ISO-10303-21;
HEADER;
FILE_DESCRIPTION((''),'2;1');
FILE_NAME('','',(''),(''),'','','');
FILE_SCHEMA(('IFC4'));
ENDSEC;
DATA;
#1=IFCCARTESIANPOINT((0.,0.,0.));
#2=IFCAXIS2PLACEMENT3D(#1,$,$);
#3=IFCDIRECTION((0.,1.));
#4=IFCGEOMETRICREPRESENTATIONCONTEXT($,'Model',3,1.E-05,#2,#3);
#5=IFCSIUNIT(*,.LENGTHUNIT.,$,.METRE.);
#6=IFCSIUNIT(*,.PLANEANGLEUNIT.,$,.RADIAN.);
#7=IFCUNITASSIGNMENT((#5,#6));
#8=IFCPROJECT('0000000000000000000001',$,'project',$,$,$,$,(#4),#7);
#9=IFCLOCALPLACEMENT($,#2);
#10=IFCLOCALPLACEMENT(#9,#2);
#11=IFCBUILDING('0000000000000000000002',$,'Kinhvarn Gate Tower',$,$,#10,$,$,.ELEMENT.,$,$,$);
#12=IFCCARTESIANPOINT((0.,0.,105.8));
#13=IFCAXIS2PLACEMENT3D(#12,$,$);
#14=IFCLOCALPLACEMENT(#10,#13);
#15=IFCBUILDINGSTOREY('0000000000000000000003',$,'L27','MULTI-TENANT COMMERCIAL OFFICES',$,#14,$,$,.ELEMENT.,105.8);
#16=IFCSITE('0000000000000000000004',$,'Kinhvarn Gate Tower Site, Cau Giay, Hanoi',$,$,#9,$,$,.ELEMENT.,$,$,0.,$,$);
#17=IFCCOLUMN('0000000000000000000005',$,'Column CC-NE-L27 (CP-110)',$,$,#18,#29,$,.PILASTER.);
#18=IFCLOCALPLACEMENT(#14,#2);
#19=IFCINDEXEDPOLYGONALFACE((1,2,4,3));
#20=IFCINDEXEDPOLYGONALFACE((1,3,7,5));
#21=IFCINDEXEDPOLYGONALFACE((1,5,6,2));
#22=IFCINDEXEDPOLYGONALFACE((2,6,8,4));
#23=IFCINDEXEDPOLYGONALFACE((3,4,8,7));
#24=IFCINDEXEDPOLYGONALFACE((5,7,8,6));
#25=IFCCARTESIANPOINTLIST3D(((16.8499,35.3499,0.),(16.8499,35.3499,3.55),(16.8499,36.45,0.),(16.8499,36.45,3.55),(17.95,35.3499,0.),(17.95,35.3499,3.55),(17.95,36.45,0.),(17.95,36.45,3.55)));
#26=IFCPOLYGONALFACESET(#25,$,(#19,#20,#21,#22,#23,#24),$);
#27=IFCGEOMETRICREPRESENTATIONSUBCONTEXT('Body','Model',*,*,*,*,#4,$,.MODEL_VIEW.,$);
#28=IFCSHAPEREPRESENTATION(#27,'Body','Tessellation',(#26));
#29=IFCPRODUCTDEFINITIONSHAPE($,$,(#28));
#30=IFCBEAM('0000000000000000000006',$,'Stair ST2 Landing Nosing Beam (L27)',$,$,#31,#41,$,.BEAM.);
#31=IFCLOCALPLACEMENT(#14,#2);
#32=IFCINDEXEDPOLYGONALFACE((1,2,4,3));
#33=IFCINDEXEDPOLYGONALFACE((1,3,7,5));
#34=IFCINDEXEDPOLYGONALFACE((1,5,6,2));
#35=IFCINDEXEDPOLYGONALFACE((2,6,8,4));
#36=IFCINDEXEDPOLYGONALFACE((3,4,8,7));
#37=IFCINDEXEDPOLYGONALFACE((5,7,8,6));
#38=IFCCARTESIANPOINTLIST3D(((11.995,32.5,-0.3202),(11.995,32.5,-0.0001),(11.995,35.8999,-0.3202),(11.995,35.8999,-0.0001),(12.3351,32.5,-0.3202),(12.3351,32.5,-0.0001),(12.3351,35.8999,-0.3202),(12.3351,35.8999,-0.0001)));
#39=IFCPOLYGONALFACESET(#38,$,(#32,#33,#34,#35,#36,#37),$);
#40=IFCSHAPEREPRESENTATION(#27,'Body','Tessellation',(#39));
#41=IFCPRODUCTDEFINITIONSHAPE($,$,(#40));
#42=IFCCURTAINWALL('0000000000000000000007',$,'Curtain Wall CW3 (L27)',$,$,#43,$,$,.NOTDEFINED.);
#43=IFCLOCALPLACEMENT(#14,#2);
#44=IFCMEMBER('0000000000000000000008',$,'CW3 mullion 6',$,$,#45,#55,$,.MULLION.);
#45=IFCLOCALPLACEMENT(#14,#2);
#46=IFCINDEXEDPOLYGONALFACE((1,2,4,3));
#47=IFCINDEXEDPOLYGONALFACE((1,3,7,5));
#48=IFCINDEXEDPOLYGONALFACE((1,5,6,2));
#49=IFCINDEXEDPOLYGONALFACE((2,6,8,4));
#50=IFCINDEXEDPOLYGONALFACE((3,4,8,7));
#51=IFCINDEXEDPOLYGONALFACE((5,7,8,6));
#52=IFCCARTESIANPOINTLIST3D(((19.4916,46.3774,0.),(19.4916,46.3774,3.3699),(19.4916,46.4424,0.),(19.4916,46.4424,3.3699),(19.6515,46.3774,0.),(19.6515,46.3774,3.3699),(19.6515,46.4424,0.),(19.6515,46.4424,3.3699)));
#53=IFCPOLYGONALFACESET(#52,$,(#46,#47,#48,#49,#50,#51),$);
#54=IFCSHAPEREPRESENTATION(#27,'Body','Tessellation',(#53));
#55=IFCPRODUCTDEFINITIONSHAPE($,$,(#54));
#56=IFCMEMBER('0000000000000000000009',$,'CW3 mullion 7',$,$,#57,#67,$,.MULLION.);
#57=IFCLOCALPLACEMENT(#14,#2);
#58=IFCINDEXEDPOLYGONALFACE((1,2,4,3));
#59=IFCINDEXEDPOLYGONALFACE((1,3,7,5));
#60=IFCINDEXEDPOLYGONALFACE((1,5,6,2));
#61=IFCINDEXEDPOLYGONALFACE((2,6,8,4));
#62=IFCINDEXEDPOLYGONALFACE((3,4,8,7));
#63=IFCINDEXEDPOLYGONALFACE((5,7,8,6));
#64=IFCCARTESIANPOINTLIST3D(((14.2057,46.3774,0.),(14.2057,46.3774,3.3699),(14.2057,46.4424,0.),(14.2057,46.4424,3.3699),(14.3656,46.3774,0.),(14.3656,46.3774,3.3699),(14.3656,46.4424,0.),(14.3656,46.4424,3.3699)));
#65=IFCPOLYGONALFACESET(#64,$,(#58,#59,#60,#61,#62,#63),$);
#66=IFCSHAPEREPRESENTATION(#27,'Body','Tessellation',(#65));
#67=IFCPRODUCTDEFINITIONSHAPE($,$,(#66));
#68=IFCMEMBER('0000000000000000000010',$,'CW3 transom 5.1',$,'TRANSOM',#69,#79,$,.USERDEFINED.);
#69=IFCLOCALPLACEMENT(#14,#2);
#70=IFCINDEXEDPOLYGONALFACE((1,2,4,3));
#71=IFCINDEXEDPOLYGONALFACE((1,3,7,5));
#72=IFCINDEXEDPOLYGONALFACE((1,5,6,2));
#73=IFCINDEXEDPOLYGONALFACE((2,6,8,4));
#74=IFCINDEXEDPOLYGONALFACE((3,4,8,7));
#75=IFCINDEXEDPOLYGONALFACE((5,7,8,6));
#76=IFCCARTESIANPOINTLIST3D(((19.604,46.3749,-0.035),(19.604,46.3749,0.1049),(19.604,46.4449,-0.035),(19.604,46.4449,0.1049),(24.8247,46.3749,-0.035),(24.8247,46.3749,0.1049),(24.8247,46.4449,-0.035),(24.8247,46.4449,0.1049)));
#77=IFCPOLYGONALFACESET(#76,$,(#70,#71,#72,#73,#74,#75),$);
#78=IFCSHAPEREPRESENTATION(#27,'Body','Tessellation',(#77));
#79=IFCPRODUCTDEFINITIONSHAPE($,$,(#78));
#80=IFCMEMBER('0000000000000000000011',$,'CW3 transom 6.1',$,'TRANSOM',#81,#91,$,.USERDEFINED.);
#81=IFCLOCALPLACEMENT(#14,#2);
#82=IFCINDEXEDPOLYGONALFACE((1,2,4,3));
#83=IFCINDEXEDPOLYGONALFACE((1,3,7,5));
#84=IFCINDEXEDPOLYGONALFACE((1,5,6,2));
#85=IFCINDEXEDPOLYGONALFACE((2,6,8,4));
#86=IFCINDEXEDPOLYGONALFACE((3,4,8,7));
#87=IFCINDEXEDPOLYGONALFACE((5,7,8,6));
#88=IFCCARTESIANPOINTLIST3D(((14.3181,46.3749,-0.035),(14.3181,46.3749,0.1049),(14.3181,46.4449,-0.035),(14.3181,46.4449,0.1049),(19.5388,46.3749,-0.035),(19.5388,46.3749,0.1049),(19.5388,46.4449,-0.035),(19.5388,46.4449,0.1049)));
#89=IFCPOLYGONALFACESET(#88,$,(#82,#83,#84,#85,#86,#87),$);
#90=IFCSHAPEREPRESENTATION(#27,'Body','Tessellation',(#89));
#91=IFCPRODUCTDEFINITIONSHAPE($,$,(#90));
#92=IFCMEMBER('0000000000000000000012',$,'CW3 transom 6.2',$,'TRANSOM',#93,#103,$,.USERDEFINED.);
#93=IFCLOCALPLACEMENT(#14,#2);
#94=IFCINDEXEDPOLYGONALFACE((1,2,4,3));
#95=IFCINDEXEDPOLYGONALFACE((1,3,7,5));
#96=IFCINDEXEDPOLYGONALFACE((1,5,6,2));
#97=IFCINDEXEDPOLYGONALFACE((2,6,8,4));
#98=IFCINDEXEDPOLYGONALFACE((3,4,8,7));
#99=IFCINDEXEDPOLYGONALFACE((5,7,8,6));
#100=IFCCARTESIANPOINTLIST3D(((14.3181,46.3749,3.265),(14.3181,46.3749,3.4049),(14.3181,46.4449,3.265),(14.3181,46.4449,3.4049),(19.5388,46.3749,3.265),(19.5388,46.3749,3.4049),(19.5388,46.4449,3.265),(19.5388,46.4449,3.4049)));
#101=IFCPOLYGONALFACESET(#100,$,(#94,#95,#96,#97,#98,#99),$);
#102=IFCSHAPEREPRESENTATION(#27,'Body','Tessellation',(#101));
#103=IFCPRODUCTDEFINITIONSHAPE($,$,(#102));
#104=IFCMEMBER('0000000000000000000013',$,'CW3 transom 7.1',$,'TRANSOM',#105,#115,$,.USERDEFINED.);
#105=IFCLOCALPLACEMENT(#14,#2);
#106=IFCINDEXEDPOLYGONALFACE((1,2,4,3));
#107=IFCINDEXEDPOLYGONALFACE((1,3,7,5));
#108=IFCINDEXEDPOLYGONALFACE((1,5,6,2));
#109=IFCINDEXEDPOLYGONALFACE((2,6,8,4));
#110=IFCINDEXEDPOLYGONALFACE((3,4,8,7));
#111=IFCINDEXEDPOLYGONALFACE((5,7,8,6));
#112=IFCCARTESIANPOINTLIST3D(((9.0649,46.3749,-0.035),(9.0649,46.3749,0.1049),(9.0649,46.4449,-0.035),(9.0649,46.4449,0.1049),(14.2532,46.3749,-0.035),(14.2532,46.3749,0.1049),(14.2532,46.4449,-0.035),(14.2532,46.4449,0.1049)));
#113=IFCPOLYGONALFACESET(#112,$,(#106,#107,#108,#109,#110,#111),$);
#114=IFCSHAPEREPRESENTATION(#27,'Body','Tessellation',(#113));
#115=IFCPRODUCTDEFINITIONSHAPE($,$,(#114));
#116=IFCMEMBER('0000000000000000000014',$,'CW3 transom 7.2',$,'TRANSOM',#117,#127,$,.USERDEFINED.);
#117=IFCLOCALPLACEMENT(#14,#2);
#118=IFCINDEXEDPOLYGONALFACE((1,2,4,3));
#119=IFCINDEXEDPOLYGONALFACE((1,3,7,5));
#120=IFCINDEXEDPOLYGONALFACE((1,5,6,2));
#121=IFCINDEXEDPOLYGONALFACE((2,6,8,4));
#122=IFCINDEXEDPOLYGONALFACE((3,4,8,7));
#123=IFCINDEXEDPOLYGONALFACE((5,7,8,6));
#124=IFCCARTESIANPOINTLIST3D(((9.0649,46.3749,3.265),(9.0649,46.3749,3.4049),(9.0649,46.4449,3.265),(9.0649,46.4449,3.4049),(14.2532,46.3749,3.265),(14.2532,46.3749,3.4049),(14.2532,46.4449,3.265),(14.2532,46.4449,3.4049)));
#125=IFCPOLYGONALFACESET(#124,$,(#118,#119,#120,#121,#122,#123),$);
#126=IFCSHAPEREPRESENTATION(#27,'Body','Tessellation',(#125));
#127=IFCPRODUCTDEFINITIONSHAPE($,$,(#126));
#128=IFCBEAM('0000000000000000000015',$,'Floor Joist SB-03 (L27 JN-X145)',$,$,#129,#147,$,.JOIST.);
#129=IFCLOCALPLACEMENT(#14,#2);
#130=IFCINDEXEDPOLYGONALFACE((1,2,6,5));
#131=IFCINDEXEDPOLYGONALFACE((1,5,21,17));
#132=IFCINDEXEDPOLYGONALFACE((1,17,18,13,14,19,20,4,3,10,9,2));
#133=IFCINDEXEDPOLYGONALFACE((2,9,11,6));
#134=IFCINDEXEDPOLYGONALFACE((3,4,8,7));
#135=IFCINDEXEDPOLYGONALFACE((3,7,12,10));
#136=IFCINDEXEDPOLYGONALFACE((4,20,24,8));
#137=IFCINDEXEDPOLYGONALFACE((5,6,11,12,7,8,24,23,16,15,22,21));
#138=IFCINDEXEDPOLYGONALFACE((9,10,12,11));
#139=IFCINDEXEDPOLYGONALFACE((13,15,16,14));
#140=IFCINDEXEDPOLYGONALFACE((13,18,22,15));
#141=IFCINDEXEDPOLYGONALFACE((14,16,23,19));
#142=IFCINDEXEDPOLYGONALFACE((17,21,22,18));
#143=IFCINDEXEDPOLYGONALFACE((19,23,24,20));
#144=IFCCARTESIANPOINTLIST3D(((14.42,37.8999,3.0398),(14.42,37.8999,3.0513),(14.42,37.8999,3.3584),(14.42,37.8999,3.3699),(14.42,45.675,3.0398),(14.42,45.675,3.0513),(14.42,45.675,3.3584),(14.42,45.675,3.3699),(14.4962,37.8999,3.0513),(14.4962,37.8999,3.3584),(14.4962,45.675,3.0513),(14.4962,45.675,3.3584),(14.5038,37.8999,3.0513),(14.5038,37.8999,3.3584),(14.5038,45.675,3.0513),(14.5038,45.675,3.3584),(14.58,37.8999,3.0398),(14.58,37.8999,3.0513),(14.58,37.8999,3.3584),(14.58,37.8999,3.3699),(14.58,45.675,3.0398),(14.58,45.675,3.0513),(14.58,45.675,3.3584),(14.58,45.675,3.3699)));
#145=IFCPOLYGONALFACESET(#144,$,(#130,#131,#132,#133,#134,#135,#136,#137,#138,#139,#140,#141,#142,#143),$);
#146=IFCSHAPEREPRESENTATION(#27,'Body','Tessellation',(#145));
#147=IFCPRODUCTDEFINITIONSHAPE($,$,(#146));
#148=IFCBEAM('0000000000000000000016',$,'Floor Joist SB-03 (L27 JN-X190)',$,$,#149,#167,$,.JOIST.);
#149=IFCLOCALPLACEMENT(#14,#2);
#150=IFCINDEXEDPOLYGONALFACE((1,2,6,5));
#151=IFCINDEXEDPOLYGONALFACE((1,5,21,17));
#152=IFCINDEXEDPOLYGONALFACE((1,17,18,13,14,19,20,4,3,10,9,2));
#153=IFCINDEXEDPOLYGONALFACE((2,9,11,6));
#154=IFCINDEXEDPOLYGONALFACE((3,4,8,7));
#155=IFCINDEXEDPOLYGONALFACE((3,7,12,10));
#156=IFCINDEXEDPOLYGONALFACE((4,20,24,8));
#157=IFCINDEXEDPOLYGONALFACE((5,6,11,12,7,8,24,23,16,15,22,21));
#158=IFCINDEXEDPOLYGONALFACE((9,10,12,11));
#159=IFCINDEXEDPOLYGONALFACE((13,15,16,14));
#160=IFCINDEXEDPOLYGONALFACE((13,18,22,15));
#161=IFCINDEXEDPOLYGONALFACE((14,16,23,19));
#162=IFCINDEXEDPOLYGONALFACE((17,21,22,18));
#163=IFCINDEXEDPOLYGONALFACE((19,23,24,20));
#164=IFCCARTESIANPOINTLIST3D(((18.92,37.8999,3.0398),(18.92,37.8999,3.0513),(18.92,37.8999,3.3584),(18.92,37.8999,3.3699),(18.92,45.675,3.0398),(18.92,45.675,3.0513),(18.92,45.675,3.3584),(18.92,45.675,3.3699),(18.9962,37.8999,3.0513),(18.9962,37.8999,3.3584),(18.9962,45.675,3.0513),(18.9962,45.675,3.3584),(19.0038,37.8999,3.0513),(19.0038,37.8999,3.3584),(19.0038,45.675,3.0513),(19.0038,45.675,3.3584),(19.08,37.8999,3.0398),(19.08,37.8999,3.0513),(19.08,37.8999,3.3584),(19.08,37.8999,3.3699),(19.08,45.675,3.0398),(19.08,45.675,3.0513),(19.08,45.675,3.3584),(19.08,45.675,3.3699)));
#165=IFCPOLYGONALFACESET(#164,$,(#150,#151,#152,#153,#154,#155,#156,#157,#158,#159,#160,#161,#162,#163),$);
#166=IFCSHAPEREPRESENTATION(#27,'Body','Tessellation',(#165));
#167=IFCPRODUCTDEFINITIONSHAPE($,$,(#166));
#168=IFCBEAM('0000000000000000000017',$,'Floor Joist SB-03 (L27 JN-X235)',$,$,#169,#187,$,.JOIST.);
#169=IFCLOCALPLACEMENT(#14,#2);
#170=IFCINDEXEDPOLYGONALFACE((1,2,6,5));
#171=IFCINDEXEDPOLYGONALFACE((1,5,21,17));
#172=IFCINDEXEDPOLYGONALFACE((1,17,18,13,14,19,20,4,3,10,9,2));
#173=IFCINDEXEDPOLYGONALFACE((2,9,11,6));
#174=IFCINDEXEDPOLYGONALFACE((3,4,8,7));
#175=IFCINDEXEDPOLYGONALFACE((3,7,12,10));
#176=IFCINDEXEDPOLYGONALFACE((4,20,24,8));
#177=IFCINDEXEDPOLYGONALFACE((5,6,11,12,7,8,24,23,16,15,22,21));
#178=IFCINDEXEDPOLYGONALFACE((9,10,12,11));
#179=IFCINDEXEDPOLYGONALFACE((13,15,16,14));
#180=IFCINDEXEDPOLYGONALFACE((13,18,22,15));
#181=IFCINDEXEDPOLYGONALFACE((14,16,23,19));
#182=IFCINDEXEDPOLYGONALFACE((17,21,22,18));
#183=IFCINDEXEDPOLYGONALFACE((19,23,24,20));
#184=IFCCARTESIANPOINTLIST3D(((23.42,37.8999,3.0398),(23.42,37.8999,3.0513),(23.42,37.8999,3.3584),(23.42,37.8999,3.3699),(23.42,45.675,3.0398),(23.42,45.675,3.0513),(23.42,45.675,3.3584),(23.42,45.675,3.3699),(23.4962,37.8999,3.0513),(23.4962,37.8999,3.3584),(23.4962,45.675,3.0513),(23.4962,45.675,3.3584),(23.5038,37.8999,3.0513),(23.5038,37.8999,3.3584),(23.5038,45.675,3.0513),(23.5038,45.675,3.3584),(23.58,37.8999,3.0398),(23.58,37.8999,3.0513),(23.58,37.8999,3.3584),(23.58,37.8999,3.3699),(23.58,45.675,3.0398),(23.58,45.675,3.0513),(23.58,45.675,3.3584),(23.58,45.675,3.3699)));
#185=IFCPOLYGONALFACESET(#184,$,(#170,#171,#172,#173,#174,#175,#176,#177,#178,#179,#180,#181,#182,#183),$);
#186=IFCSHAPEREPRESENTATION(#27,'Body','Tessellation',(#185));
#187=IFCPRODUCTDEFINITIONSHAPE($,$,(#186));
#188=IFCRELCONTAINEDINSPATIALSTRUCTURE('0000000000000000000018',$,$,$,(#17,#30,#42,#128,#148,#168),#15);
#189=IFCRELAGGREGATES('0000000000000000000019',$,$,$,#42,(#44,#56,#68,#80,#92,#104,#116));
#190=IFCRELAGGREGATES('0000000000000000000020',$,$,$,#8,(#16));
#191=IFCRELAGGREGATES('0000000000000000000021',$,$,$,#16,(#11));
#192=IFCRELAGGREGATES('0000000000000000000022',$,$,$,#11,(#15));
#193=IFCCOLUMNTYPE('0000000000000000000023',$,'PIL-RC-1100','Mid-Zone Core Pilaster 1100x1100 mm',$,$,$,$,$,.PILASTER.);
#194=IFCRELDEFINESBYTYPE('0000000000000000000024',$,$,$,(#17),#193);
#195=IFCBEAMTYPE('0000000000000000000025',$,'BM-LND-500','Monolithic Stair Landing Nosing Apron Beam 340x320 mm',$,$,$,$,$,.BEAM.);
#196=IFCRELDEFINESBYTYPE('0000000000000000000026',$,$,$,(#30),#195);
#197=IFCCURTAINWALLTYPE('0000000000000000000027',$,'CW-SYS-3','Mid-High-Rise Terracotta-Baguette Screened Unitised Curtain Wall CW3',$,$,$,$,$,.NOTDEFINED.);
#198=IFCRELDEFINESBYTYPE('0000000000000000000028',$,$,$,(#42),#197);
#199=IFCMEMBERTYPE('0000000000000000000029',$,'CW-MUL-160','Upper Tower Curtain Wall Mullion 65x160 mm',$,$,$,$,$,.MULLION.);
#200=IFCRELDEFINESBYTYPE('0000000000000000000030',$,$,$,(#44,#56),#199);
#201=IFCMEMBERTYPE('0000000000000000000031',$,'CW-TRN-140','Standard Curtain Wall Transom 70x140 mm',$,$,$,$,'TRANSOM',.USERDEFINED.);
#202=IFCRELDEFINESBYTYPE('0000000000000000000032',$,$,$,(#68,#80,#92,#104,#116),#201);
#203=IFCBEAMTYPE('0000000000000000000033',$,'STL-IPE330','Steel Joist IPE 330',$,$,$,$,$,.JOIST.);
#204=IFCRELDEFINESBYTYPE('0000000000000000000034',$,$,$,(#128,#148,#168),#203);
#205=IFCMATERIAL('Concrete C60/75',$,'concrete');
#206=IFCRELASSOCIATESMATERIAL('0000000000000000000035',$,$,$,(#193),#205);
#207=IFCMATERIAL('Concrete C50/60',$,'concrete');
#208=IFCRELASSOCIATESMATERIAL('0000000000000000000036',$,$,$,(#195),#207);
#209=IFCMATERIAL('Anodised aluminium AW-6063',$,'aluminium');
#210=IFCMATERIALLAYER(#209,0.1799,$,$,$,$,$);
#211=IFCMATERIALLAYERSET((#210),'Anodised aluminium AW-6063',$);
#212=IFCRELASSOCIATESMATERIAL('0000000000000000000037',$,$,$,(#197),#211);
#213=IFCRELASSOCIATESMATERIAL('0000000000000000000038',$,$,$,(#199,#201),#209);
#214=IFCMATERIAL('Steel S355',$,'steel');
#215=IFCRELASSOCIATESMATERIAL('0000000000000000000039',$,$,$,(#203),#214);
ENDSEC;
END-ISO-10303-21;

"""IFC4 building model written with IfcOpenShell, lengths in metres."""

from ifc_helpers import new_model, si_unit, direction, frame, origin, origin_2d, place, context, subcontext, project, spatial, rectangle, i_section, extrude, material, layer, layer_set, material_profile, profile_set, type_object, element, aggregate, save


model = new_model("IFC4")

# Units and contexts
model_context = context("Model", 3, precision=1e-05, world=origin(), true_north=direction((0.0, 1.0)))
body_context = subcontext(model_context, "Body", "Model", "MODEL_VIEW")
ifc_project = project(units=[si_unit("LENGTHUNIT", "METRE"), si_unit("PLANEANGLEUNIT", "RADIAN")], contexts=[model_context])

# Site, building, storey
site_placement = place(None, origin())
site = spatial("IfcSite", under=ifc_project, at=site_placement, Name="Kinhvarn Gate Tower Site, Cau Giay, Hanoi", CompositionType="ELEMENT", RefElevation=0.0)
building_placement = place(site_placement, origin())
building = spatial("IfcBuilding", under=site, at=building_placement, Name="Kinhvarn Gate Tower", CompositionType="ELEMENT")
storey_placement = place(building_placement, frame((0.0, 0.0, 105.8)))
storey = spatial("IfcBuildingStorey", under=building, at=storey_placement, Name="L27", Description="MULTI-TENANT COMMERCIAL OFFICES", CompositionType="ELEMENT", Elevation=105.8)

# Column
ifc_material_1 = material(Name="Concrete C60/75", Category="concrete")
ifc_material_profile_1 = material_profile(ifc_material_1, rectangle(XDim=1.1001, YDim=1.1001, at=origin_2d()), Name="RC 1100x1100")
ifc_profile_set_1 = profile_set([ifc_material_profile_1], Name="Concrete C60/75")
column_type = type_object("IfcColumnType", Name="PIL-RC-1100", Description="Mid-Zone Core Pilaster 1100x1100 mm", PredefinedType="PILASTER", material=ifc_profile_set_1)
column_placement = place(storey_placement, frame((17.3999, 35.8999, 0.0), z_axis=(0.0, 0.0, 1.0), x_axis=(1.0, 0.0, 0.0)))
element("IfcColumn", 1, at=column_placement, inside=storey, type_object=column_type, Name="Column CC-NE-L27 (CP-110)", PredefinedType="PILASTER", context=body_context, shape_type="SweptSolid", body=[
    extrude(rectangle(XDim=1.1001, YDim=1.1001, at=origin_2d()), origin(), (0.0, 0.0, 1.0), 3.55),
])

# Beam
ifc_material_2 = material(Name="Concrete C50/60", Category="concrete")
ifc_material_profile_2 = material_profile(ifc_material_2, rectangle(XDim=0.3401, YDim=0.3201, at=origin_2d()), Name="RC 340x320")
ifc_profile_set_2 = profile_set([ifc_material_profile_2], Name="Concrete C50/60")
beam_type_1 = type_object("IfcBeamType", Name="BM-LND-500", Description="Monolithic Stair Landing Nosing Apron Beam 340x320 mm", PredefinedType="BEAM", material=ifc_profile_set_2)
beam_placement = place(storey_placement, frame((12.165, 32.5, -0.1602), z_axis=(0.0, 1.0, 0.0), x_axis=(-1.0, 0.0, 0.0)))
element("IfcBeam", 2, at=beam_placement, inside=storey, type_object=beam_type_1, Name="Stair ST2 Landing Nosing Beam (L27)", PredefinedType="BEAM", context=body_context, shape_type="SweptSolid", body=[
    extrude(rectangle(XDim=0.3401, YDim=0.3201, at=origin_2d()), origin(), (0.0, 0.0, 1.0), 3.3999),
])

# Curtain wall, members
ifc_material_3 = material(Name="Anodised aluminium AW-6063", Category="aluminium")
ifc_layer_1 = layer(ifc_material_3, 0.1799)
ifc_layer_set_1 = layer_set([ifc_layer_1], Name="Anodised aluminium AW-6063")
curtain_wall_type = type_object("IfcCurtainWallType", Name="CW-SYS-3", Description="Mid-High-Rise Terracotta-Baguette Screened Unitised Curtain Wall CW3", PredefinedType="NOTDEFINED", material=ifc_layer_set_1)
curtain_wall_placement = place(storey_placement, origin())
curtain_wall = element("IfcCurtainWall", 3, at=curtain_wall_placement, inside=storey, type_object=curtain_wall_type, Name="Curtain Wall CW3 (L27)", PredefinedType="NOTDEFINED")
ifc_material_profile_3 = material_profile(ifc_material_3, rectangle(XDim=0.0649, YDim=0.1599, at=origin_2d()), Name="ALU 65x160")
ifc_profile_set_3 = profile_set([ifc_material_profile_3], Name="Anodised aluminium AW-6063")
member_type_1 = type_object("IfcMemberType", Name="CW-MUL-160", Description="Upper Tower Curtain Wall Mullion 65x160 mm", PredefinedType="MULLION", material=ifc_profile_set_3)
member_1_placement = place(storey_placement, frame((19.5715, 46.4099, 0.0), z_axis=(0.0, 0.0, 1.0), x_axis=(0.0, -1.0, 0.0)))
member_1 = element("IfcMember", 4, at=member_1_placement, type_object=member_type_1, Name="CW3 mullion 6", PredefinedType="MULLION", context=body_context, shape_type="SweptSolid", body=[
    extrude(rectangle(XDim=0.0649, YDim=0.1599, at=origin_2d()), origin(), (0.0, 0.0, 1.0), 3.3699),
])
member_2_placement = place(storey_placement, frame((14.2856, 46.4099, 0.0), z_axis=(0.0, 0.0, 1.0), x_axis=(0.0, -1.0, 0.0)))
member_2 = element("IfcMember", 5, at=member_2_placement, type_object=member_type_1, Name="CW3 mullion 7", PredefinedType="MULLION", context=body_context, shape_type="SweptSolid", body=[
    extrude(rectangle(XDim=0.0649, YDim=0.1599, at=origin_2d()), origin(), (0.0, 0.0, 1.0), 3.3699),
])
ifc_material_profile_4 = material_profile(ifc_material_3, rectangle(XDim=0.0701, YDim=0.1399, at=origin_2d()), Name="ALU 70x140")
ifc_profile_set_4 = profile_set([ifc_material_profile_4], Name="Anodised aluminium AW-6063")
member_type_2 = type_object("IfcMemberType", Name="CW-TRN-140", Description="Standard Curtain Wall Transom 70x140 mm", ElementType="TRANSOM", PredefinedType="USERDEFINED", material=ifc_profile_set_4)
member_3_placement = place(storey_placement, frame((24.8247, 46.4099, 0.0349), z_axis=(-1.0, 0.0, 0.0), x_axis=(0.0, -1.0, 0.0)))
member_3 = element("IfcMember", 6, at=member_3_placement, type_object=member_type_2, Name="CW3 transom 5.1", ObjectType="TRANSOM", PredefinedType="USERDEFINED", context=body_context, shape_type="SweptSolid", body=[
    extrude(rectangle(XDim=0.0701, YDim=0.1399, at=origin_2d()), origin(), (0.0, 0.0, 1.0), 5.2207),
])
member_4_placement = place(storey_placement, frame((19.5388, 46.4099, 0.0349), z_axis=(-1.0, 0.0, 0.0), x_axis=(0.0, -1.0, 0.0)))
member_4 = element("IfcMember", 7, at=member_4_placement, type_object=member_type_2, Name="CW3 transom 6.1", ObjectType="TRANSOM", PredefinedType="USERDEFINED", context=body_context, shape_type="SweptSolid", body=[
    extrude(rectangle(XDim=0.0701, YDim=0.1399, at=origin_2d()), origin(), (0.0, 0.0, 1.0), 5.2207),
])
member_5_placement = place(storey_placement, frame((19.5388, 46.4099, 3.335), z_axis=(-1.0, 0.0, 0.0), x_axis=(0.0, -1.0, 0.0)))
member_5 = element("IfcMember", 8, at=member_5_placement, type_object=member_type_2, Name="CW3 transom 6.2", ObjectType="TRANSOM", PredefinedType="USERDEFINED", context=body_context, shape_type="SweptSolid", body=[
    extrude(rectangle(XDim=0.0701, YDim=0.1399, at=origin_2d()), origin(), (0.0, 0.0, 1.0), 5.2207),
])
member_6_placement = place(storey_placement, frame((14.2532, 46.4099, 0.0349), z_axis=(-1.0, 0.0, 0.0), x_axis=(0.0, -1.0, 0.0)))
member_6 = element("IfcMember", 9, at=member_6_placement, type_object=member_type_2, Name="CW3 transom 7.1", ObjectType="TRANSOM", PredefinedType="USERDEFINED", context=body_context, shape_type="SweptSolid", body=[
    extrude(rectangle(XDim=0.0701, YDim=0.1399, at=origin_2d()), origin(), (0.0, 0.0, 1.0), 5.1882),
])
member_7_placement = place(storey_placement, frame((14.2532, 46.4099, 3.335), z_axis=(-1.0, 0.0, 0.0), x_axis=(0.0, -1.0, 0.0)))
member_7 = element("IfcMember", 10, at=member_7_placement, type_object=member_type_2, Name="CW3 transom 7.2", ObjectType="TRANSOM", PredefinedType="USERDEFINED", context=body_context, shape_type="SweptSolid", body=[
    extrude(rectangle(XDim=0.0701, YDim=0.1399, at=origin_2d()), origin(), (0.0, 0.0, 1.0), 5.1882),
])

# Beams
ifc_material_4 = material(Name="Steel S355", Category="steel")
ifc_material_profile_5 = material_profile(ifc_material_4, i_section(OverallWidth=0.1599, OverallDepth=0.3301, WebThickness=0.0076, FlangeThickness=0.0115, at=origin_2d()), Name="IPE 330")
ifc_profile_set_5 = profile_set([ifc_material_profile_5], Name="Steel S355")
beam_type_2 = type_object("IfcBeamType", Name="STL-IPE330", Description="Steel Joist IPE 330", PredefinedType="JOIST", material=ifc_profile_set_5)
for number, where, z_axis, x_axis, name in (
    (11, (14.5, 37.8999, 3.2048), (0.0, 1.0, 0.0), (-1.0, 0.0, 0.0), "Floor Joist SB-03 (L27 JN-X145)"),
    (12, (19.0, 37.8999, 3.2048), (0.0, 1.0, 0.0), (-1.0, 0.0, 0.0), "Floor Joist SB-03 (L27 JN-X190)"),
    (13, (23.5, 37.8999, 3.2048), (0.0, 1.0, 0.0), (-1.0, 0.0, 0.0), "Floor Joist SB-03 (L27 JN-X235)"),
):
    element("IfcBeam", number, at=place(storey_placement, frame(where, z_axis=z_axis, x_axis=x_axis)), inside=storey, type_object=beam_type_2, Name=name, PredefinedType="JOIST", context=body_context, shape_type="SweptSolid", body=[
        extrude(i_section(OverallWidth=0.1599, OverallDepth=0.3301, WebThickness=0.0076, FlangeThickness=0.0115, at=origin_2d()), origin(), (0.0, 0.0, 1.0), 7.7751),
    ])

aggregate(curtain_wall, [member_1, member_2, member_3, member_4, member_5, member_6, member_7])

save(model, "model.ifc")
